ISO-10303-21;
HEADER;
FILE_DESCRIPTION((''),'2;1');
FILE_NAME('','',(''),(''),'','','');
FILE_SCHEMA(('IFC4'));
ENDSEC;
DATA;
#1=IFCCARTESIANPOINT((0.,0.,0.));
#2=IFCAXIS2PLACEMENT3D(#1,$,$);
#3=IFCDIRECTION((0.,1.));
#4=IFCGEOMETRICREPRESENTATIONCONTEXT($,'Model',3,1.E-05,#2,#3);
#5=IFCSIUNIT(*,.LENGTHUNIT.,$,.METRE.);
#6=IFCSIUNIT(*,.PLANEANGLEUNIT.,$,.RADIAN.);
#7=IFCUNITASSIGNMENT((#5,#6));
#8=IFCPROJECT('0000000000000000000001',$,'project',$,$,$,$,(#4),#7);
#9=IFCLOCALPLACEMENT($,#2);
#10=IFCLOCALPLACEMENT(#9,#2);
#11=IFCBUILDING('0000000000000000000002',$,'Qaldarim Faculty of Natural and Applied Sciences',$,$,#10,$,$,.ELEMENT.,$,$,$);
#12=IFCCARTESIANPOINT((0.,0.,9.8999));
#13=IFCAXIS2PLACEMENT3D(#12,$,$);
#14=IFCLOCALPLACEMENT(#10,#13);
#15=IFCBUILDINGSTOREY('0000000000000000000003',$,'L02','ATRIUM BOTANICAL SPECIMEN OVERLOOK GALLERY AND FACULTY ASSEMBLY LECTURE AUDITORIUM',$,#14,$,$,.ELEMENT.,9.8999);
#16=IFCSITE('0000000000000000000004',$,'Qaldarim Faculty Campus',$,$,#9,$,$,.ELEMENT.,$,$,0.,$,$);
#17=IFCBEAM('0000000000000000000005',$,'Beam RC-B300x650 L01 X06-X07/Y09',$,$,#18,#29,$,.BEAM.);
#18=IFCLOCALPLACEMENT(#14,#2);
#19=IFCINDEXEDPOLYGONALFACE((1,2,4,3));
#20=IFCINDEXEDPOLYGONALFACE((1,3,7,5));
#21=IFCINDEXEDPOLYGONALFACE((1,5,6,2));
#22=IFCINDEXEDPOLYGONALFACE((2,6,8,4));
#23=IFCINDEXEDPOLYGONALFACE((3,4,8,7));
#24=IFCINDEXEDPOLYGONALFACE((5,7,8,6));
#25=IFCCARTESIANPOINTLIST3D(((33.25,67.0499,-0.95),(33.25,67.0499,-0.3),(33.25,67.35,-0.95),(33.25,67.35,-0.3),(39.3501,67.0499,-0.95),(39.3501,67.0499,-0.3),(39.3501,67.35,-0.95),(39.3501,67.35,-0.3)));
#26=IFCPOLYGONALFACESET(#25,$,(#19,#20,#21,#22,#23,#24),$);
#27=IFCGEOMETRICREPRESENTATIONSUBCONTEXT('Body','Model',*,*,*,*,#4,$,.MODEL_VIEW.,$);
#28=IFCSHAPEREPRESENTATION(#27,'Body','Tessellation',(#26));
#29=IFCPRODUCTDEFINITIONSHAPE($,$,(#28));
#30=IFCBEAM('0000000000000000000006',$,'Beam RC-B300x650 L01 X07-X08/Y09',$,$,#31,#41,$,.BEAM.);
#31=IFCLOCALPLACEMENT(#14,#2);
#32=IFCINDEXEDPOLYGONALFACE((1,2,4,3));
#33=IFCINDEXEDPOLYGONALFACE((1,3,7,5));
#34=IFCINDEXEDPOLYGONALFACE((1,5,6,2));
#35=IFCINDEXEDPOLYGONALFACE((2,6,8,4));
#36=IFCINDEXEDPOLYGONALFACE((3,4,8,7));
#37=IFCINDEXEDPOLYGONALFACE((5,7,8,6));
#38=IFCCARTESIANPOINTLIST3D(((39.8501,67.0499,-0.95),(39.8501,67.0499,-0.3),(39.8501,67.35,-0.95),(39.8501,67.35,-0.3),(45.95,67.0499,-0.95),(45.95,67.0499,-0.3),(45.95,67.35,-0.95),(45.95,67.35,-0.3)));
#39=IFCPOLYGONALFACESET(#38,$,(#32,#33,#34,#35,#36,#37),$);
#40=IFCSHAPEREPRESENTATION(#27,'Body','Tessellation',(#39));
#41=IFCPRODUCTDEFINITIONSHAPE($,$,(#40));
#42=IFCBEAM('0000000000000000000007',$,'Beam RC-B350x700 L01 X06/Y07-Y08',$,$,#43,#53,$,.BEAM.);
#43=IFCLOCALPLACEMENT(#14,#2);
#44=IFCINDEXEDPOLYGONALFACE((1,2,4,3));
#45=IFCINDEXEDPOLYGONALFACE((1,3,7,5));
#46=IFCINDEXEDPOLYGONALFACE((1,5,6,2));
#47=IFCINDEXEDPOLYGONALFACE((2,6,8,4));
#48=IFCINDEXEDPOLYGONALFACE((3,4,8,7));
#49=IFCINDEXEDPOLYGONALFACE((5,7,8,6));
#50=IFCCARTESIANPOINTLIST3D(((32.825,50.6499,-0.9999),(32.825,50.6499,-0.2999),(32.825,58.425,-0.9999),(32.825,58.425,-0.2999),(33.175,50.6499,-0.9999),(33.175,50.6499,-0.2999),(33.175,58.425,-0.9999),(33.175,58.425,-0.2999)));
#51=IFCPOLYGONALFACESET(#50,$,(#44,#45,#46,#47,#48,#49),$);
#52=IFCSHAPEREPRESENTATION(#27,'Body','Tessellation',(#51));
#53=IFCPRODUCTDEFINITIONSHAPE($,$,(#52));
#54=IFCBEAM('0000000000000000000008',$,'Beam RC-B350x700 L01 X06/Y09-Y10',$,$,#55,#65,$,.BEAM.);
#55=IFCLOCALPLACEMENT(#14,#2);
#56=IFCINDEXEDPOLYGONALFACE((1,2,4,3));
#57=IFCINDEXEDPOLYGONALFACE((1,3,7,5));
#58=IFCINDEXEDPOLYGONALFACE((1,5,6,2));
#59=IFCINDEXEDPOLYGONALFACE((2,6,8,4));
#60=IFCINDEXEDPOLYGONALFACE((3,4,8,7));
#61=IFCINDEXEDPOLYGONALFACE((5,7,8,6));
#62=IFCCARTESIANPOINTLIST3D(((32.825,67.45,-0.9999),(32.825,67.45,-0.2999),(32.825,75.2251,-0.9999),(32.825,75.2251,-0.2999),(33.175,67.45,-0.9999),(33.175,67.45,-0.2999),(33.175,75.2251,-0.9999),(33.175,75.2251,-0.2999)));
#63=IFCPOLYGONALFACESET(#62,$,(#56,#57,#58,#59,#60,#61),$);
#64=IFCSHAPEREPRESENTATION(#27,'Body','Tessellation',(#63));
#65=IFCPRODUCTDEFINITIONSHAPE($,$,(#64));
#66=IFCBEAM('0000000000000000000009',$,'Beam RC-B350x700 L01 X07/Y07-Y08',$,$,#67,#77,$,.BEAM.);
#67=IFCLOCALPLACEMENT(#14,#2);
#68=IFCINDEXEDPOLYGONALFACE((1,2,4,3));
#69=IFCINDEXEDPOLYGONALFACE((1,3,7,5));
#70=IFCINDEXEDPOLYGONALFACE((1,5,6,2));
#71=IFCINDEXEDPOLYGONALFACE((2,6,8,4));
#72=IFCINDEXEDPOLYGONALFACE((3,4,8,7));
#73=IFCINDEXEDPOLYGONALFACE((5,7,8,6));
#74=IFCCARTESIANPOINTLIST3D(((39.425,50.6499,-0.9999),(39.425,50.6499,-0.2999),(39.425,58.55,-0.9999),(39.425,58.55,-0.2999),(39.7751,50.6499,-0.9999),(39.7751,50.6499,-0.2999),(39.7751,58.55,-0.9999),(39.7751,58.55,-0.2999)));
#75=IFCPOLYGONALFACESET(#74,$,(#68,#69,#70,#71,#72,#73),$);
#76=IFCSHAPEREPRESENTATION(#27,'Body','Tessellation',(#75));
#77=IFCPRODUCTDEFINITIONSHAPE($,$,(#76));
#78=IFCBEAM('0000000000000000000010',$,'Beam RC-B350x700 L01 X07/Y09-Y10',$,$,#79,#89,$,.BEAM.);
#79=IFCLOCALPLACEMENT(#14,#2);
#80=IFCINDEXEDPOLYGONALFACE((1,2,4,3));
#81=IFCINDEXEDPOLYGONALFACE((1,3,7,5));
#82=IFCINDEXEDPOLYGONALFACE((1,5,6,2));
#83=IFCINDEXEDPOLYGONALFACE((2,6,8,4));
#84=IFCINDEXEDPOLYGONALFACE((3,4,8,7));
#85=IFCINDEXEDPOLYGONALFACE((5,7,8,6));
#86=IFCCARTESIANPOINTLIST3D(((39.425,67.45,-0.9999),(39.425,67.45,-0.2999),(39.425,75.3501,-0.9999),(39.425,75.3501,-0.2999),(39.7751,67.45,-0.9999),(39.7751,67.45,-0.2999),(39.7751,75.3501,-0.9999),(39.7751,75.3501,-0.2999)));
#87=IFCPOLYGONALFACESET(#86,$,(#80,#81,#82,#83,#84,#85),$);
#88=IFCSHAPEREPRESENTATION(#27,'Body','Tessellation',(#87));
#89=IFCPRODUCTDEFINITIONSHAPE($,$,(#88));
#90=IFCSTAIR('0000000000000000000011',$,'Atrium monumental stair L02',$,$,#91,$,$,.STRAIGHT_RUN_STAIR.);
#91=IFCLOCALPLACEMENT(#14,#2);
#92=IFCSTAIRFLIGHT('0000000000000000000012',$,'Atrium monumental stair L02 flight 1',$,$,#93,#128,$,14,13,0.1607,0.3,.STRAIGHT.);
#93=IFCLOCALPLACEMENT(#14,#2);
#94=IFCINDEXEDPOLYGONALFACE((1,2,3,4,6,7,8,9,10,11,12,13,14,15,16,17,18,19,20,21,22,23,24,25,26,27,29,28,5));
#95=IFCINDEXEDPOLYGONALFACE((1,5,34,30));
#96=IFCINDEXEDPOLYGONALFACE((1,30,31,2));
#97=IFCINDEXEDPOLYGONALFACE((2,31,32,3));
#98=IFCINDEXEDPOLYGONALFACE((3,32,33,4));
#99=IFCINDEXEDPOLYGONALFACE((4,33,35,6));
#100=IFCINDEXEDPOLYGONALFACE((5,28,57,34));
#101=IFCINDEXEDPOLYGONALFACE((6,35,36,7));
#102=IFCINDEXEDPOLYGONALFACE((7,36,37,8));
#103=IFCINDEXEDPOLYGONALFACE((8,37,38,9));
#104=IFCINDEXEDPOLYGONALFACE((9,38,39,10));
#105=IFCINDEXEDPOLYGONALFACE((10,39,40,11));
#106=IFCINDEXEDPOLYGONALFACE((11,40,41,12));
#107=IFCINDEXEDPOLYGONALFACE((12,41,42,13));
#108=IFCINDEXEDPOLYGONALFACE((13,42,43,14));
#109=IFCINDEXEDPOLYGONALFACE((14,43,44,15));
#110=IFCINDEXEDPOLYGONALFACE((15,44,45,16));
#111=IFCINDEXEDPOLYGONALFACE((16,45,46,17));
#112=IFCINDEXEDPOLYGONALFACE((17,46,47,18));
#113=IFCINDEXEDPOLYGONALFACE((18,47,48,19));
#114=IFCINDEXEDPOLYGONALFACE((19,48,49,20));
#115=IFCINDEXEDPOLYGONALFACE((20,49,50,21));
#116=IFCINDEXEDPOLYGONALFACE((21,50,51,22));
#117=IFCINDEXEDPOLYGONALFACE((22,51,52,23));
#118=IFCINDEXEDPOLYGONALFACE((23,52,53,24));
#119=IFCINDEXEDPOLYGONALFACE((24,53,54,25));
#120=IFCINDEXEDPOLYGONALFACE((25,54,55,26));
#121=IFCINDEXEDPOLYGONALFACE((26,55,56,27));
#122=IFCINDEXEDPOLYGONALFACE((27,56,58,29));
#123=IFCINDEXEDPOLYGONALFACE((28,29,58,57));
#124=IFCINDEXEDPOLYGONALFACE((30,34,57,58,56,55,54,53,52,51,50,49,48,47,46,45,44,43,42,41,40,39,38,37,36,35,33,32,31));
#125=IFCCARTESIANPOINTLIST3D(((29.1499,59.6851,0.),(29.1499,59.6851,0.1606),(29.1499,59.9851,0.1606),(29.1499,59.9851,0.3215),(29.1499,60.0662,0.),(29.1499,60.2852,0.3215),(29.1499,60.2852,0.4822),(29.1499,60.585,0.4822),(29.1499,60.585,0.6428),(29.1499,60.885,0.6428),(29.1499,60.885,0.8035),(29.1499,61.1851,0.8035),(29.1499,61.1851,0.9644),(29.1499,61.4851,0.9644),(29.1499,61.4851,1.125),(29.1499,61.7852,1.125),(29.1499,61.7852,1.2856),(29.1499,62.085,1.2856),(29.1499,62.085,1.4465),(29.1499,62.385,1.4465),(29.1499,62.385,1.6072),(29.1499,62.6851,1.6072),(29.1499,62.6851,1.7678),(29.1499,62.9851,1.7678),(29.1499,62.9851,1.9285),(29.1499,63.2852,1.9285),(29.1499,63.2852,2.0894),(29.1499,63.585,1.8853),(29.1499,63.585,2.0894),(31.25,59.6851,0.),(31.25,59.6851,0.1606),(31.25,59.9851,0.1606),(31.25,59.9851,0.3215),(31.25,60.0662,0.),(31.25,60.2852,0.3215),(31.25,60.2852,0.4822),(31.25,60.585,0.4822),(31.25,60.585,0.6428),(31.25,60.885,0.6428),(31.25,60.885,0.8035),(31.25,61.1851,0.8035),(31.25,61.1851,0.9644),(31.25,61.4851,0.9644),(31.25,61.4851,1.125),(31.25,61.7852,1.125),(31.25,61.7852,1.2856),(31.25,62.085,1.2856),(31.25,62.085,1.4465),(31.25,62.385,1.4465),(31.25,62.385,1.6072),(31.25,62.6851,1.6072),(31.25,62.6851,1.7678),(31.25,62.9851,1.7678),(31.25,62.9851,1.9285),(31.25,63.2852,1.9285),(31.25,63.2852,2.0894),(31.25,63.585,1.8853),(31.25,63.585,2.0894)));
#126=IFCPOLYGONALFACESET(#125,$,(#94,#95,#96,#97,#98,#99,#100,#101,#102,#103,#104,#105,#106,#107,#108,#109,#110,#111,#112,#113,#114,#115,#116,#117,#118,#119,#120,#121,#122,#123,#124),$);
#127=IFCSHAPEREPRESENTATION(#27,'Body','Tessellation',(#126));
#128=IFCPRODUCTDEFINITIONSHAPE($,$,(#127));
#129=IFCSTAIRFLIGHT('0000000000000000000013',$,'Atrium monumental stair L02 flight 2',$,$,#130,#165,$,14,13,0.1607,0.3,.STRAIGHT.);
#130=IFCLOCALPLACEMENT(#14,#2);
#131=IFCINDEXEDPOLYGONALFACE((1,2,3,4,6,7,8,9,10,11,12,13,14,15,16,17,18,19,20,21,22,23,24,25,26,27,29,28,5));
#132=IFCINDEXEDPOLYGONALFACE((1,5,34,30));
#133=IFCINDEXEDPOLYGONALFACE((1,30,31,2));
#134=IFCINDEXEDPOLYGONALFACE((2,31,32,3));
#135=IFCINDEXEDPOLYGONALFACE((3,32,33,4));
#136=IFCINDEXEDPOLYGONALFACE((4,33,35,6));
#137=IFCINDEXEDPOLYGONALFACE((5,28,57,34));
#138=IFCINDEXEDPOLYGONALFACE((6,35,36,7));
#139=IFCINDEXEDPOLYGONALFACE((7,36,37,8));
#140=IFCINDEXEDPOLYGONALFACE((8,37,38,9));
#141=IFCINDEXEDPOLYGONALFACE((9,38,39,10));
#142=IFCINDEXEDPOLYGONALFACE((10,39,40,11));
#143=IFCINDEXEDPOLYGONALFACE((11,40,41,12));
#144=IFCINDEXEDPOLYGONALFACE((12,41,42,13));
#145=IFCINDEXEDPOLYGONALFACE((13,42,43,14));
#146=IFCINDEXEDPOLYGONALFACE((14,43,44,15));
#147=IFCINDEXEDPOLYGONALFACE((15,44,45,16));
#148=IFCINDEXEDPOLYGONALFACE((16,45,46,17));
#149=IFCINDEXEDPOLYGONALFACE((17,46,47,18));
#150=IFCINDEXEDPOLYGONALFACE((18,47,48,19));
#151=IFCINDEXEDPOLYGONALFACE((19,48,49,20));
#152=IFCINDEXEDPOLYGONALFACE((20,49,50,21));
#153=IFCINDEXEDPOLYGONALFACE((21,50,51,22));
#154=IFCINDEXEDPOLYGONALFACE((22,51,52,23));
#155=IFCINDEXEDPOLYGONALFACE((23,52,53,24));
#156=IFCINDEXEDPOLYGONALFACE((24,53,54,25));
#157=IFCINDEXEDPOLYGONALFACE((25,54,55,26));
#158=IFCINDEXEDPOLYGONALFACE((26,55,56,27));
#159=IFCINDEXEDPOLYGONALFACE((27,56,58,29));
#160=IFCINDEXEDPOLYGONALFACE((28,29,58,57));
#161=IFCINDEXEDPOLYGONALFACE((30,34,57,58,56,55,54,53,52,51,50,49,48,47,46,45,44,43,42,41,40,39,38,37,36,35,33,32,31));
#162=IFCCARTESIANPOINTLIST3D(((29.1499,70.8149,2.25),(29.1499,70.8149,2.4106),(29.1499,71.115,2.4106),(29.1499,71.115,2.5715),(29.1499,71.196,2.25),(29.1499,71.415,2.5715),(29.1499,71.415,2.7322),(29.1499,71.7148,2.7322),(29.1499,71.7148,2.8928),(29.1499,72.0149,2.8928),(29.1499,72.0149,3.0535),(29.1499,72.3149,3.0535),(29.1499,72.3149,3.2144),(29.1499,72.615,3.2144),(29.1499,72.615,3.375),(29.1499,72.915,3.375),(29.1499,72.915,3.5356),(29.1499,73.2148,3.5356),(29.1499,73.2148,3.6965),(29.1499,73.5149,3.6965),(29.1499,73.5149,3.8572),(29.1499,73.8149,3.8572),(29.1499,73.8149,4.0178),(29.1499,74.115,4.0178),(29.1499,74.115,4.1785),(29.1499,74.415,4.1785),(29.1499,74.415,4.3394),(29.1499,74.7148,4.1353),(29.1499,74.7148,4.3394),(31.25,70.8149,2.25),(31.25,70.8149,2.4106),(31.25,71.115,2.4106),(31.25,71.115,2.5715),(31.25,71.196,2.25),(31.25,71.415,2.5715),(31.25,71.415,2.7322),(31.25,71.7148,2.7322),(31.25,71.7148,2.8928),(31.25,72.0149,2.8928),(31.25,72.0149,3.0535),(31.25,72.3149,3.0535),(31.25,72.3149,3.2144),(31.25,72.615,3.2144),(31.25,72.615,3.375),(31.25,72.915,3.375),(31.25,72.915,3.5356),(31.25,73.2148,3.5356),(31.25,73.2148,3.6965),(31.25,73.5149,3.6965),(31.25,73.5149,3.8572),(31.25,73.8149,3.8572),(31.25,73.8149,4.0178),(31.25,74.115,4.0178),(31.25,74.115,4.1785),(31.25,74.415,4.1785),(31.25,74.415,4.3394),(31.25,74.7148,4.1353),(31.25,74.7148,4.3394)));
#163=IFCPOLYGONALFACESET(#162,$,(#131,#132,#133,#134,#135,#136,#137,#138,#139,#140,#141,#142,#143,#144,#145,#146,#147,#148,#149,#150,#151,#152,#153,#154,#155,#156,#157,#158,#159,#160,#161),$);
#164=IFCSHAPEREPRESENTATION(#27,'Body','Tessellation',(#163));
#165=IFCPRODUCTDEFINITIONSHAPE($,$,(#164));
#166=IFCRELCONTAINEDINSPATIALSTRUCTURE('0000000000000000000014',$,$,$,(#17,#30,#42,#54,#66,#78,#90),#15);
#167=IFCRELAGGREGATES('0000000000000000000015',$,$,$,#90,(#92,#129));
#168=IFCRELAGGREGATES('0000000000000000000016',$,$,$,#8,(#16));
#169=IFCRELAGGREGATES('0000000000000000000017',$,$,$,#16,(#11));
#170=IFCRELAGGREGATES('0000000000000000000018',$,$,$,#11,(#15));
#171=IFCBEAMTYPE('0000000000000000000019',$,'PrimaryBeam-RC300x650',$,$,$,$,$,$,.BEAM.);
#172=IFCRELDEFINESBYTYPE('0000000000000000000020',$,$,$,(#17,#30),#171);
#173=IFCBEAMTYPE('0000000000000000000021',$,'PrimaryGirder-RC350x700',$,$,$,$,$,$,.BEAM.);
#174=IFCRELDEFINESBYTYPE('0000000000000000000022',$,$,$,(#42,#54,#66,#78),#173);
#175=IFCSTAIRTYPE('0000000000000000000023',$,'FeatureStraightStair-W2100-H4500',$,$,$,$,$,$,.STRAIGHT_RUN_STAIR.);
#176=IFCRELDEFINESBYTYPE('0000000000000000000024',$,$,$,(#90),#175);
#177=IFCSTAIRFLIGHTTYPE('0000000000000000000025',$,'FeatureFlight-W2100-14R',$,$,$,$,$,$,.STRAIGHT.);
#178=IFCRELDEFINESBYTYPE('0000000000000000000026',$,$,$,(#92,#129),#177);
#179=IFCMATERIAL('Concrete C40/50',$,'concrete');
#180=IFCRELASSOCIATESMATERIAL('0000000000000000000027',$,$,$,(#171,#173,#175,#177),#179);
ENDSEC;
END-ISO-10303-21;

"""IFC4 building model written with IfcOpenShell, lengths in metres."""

from ifc_helpers import new_model, si_unit, direction, frame, origin, origin_2d, place, context, subcontext, project, spatial, polyline, rectangle, outline, extrude, material, material_profile, profile_set, type_object, element, aggregate, save


model = new_model("IFC4")

# Units and contexts
model_context = context("Model", 3, precision=1e-05, world=origin(), true_north=direction((0.0, 1.0)))
body_context = subcontext(model_context, "Body", "Model", "MODEL_VIEW")
ifc_project = project(units=[si_unit("LENGTHUNIT", "METRE"), si_unit("PLANEANGLEUNIT", "RADIAN")], contexts=[model_context])

# Site, building, storey
site_placement = place(None, origin())
site = spatial("IfcSite", under=ifc_project, at=site_placement, Name="Qaldarim Faculty Campus", CompositionType="ELEMENT", RefElevation=0.0)
building_placement = place(site_placement, origin())
building = spatial("IfcBuilding", under=site, at=building_placement, Name="Qaldarim Faculty of Natural and Applied Sciences", CompositionType="ELEMENT")
storey_placement = place(building_placement, frame((0.0, 0.0, 9.8999)))
storey = spatial("IfcBuildingStorey", under=building, at=storey_placement, Name="L02", Description="ATRIUM BOTANICAL SPECIMEN OVERLOOK GALLERY AND FACULTY ASSEMBLY LECTURE AUDITORIUM", CompositionType="ELEMENT", Elevation=9.8999)

# Shared definitions
ifc_material_1 = material(Name="Concrete C40/50", Category="concrete")

# Beams
ifc_material_profile_1 = material_profile(ifc_material_1, rectangle(XDim=0.3, YDim=0.6499, at=origin_2d()), Name="RC-B300x650")
ifc_profile_set_1 = profile_set([ifc_material_profile_1], Name="Concrete C40/50")
beam_type_1 = type_object("IfcBeamType", Name="PrimaryBeam-RC300x650", PredefinedType="BEAM", material=ifc_profile_set_1)
beam_1_placement = place(storey_placement, frame((33.25, 67.2, -0.625), z_axis=(1.0, 0.0, 0.0), x_axis=(0.0, 1.0, 0.0)))
element("IfcBeam", 1, at=beam_1_placement, inside=storey, type_object=beam_type_1, Name="Beam RC-B300x650 L01 X06-X07/Y09", PredefinedType="BEAM", context=body_context, shape_type="SweptSolid", body=[
    extrude(rectangle(XDim=0.3, YDim=0.6499, at=origin_2d()), origin(), (0.0, 0.0, 1.0), 6.1001),
])
beam_2_placement = place(storey_placement, frame((39.8501, 67.2, -0.625), z_axis=(1.0, 0.0, 0.0), x_axis=(0.0, 1.0, 0.0)))
element("IfcBeam", 2, at=beam_2_placement, inside=storey, type_object=beam_type_1, Name="Beam RC-B300x650 L01 X07-X08/Y09", PredefinedType="BEAM", context=body_context, shape_type="SweptSolid", body=[
    extrude(rectangle(XDim=0.3, YDim=0.6499, at=origin_2d()), origin(), (0.0, 0.0, 1.0), 6.0999),
])
ifc_material_profile_2 = material_profile(ifc_material_1, rectangle(XDim=0.3501, YDim=0.7, at=origin_2d()), Name="RC-B350x700")
ifc_profile_set_2 = profile_set([ifc_material_profile_2], Name="Concrete C40/50")
beam_type_2 = type_object("IfcBeamType", Name="PrimaryGirder-RC350x700", PredefinedType="BEAM", material=ifc_profile_set_2)
for number, where, z_axis, x_axis, name in (
    (3, (33.0, 50.6499, -0.6499), (0.0, 1.0, 0.0), (-1.0, 0.0, 0.0), "Beam RC-B350x700 L01 X06/Y07-Y08"),
    (4, (33.0, 67.45, -0.6499), (0.0, 1.0, 0.0), (-1.0, 0.0, 0.0), "Beam RC-B350x700 L01 X06/Y09-Y10"),
):
    element("IfcBeam", number, at=place(storey_placement, frame(where, z_axis=z_axis, x_axis=x_axis)), inside=storey, type_object=beam_type_2, Name=name, PredefinedType="BEAM", context=body_context, shape_type="SweptSolid", body=[
        extrude(rectangle(XDim=0.3501, YDim=0.7, at=origin_2d()), origin(), (0.0, 0.0, 1.0), 7.7751),
    ])
for number, where, z_axis, x_axis, name in (
    (5, (39.6001, 50.6499, -0.6499), (0.0, 1.0, 0.0), (-1.0, 0.0, 0.0), "Beam RC-B350x700 L01 X07/Y07-Y08"),
    (6, (39.6001, 67.45, -0.6499), (0.0, 1.0, 0.0), (-1.0, 0.0, 0.0), "Beam RC-B350x700 L01 X07/Y09-Y10"),
):
    element("IfcBeam", number, at=place(storey_placement, frame(where, z_axis=z_axis, x_axis=x_axis)), inside=storey, type_object=beam_type_2, Name=name, PredefinedType="BEAM", context=body_context, shape_type="SweptSolid", body=[
        extrude(rectangle(XDim=0.3501, YDim=0.7, at=origin_2d()), origin(), (0.0, 0.0, 1.0), 7.9001),
    ])

# Stair, stair flights
stair_type = type_object("IfcStairType", Name="FeatureStraightStair-W2100-H4500", PredefinedType="STRAIGHT_RUN_STAIR", material=ifc_material_1)
stair_placement = place(storey_placement, origin())
stair = element("IfcStair", 7, at=stair_placement, inside=storey, type_object=stair_type, Name="Atrium monumental stair L02", PredefinedType="STRAIGHT_RUN_STAIR")
stair_flight_type = type_object("IfcStairFlightType", Name="FeatureFlight-W2100-14R", PredefinedType="STRAIGHT", material=ifc_material_1)
stair_flight_1_placement = place(storey_placement, frame((30.2, 59.6851, 0.0), z_axis=(0.0, 0.0, 1.0), x_axis=(0.0, 1.0, 0.0)))
stair_flight_1 = element("IfcStairFlight", 8, at=stair_flight_1_placement, type_object=stair_flight_type, Name="Atrium monumental stair L02 flight 1", NumberOfRisers=14, NumberOfTreads=13, PredefinedType="STRAIGHT", RiserHeight=0.1607, TreadLength=0.3, context=body_context, shape_type="SweptSolid", body=[
    extrude(outline(polyline([(0.0, 0.0), (0.0, 0.1606), (0.3, 0.1606), (0.3, 0.3215), (0.6001, 0.3215), (0.6001, 0.4822), (0.8999, 0.4822), (0.8999, 0.6428), (1.2, 0.6428), (1.2, 0.8035), (1.5, 0.8035), (1.5, 0.9644), (1.8, 0.9644), (1.8, 1.125), (2.1001, 1.125), (2.1001, 1.2856), (2.3999, 1.2856), (2.3999, 1.4465), (2.7, 1.4465), (2.7, 1.6072), (3.0, 1.6072), (3.0, 1.7678), (3.3, 1.7678), (3.3, 1.9285), (3.6001, 1.9285), (3.6001, 2.0894), (3.8999, 2.0894), (3.8999, 2.25), (3.8999, 1.8853), (0.3811, 0.0), (0.0, 0.0)])), frame((0.0, 1.05, 0.0), z_axis=(0.0, -1.0, 0.0), x_axis=(1.0, 0.0, 0.0)), (0.0, 0.0, 1.0), 2.1001),
])
stair_flight_2_placement = place(storey_placement, frame((30.2, 70.8149, 2.25), z_axis=(0.0, 0.0, 1.0), x_axis=(0.0, 1.0, 0.0)))
stair_flight_2 = element("IfcStairFlight", 9, at=stair_flight_2_placement, type_object=stair_flight_type, Name="Atrium monumental stair L02 flight 2", NumberOfRisers=14, NumberOfTreads=13, PredefinedType="STRAIGHT", RiserHeight=0.1607, TreadLength=0.3, context=body_context, shape_type="SweptSolid", body=[
    extrude(outline(polyline([(0.0, 0.0), (0.0, 0.1606), (0.3, 0.1606), (0.3, 0.3215), (0.6001, 0.3215), (0.6001, 0.4822), (0.8999, 0.4822), (0.8999, 0.6428), (1.2, 0.6428), (1.2, 0.8035), (1.5, 0.8035), (1.5, 0.9644), (1.8, 0.9644), (1.8, 1.125), (2.1001, 1.125), (2.1001, 1.2856), (2.3999, 1.2856), (2.3999, 1.4465), (2.7, 1.4465), (2.7, 1.6072), (3.0, 1.6072), (3.0, 1.7678), (3.3, 1.7678), (3.3, 1.9285), (3.6001, 1.9285), (3.6001, 2.0894), (3.8999, 2.0894), (3.8999, 2.25), (3.8999, 1.8853), (0.3811, 0.0), (0.0, 0.0)])), frame((0.0, 1.05, 0.0), z_axis=(0.0, -1.0, 0.0), x_axis=(1.0, 0.0, 0.0)), (0.0, 0.0, 1.0), 2.1001),
])
aggregate(stair, [stair_flight_1, stair_flight_2])

save(model, "model.ifc")
